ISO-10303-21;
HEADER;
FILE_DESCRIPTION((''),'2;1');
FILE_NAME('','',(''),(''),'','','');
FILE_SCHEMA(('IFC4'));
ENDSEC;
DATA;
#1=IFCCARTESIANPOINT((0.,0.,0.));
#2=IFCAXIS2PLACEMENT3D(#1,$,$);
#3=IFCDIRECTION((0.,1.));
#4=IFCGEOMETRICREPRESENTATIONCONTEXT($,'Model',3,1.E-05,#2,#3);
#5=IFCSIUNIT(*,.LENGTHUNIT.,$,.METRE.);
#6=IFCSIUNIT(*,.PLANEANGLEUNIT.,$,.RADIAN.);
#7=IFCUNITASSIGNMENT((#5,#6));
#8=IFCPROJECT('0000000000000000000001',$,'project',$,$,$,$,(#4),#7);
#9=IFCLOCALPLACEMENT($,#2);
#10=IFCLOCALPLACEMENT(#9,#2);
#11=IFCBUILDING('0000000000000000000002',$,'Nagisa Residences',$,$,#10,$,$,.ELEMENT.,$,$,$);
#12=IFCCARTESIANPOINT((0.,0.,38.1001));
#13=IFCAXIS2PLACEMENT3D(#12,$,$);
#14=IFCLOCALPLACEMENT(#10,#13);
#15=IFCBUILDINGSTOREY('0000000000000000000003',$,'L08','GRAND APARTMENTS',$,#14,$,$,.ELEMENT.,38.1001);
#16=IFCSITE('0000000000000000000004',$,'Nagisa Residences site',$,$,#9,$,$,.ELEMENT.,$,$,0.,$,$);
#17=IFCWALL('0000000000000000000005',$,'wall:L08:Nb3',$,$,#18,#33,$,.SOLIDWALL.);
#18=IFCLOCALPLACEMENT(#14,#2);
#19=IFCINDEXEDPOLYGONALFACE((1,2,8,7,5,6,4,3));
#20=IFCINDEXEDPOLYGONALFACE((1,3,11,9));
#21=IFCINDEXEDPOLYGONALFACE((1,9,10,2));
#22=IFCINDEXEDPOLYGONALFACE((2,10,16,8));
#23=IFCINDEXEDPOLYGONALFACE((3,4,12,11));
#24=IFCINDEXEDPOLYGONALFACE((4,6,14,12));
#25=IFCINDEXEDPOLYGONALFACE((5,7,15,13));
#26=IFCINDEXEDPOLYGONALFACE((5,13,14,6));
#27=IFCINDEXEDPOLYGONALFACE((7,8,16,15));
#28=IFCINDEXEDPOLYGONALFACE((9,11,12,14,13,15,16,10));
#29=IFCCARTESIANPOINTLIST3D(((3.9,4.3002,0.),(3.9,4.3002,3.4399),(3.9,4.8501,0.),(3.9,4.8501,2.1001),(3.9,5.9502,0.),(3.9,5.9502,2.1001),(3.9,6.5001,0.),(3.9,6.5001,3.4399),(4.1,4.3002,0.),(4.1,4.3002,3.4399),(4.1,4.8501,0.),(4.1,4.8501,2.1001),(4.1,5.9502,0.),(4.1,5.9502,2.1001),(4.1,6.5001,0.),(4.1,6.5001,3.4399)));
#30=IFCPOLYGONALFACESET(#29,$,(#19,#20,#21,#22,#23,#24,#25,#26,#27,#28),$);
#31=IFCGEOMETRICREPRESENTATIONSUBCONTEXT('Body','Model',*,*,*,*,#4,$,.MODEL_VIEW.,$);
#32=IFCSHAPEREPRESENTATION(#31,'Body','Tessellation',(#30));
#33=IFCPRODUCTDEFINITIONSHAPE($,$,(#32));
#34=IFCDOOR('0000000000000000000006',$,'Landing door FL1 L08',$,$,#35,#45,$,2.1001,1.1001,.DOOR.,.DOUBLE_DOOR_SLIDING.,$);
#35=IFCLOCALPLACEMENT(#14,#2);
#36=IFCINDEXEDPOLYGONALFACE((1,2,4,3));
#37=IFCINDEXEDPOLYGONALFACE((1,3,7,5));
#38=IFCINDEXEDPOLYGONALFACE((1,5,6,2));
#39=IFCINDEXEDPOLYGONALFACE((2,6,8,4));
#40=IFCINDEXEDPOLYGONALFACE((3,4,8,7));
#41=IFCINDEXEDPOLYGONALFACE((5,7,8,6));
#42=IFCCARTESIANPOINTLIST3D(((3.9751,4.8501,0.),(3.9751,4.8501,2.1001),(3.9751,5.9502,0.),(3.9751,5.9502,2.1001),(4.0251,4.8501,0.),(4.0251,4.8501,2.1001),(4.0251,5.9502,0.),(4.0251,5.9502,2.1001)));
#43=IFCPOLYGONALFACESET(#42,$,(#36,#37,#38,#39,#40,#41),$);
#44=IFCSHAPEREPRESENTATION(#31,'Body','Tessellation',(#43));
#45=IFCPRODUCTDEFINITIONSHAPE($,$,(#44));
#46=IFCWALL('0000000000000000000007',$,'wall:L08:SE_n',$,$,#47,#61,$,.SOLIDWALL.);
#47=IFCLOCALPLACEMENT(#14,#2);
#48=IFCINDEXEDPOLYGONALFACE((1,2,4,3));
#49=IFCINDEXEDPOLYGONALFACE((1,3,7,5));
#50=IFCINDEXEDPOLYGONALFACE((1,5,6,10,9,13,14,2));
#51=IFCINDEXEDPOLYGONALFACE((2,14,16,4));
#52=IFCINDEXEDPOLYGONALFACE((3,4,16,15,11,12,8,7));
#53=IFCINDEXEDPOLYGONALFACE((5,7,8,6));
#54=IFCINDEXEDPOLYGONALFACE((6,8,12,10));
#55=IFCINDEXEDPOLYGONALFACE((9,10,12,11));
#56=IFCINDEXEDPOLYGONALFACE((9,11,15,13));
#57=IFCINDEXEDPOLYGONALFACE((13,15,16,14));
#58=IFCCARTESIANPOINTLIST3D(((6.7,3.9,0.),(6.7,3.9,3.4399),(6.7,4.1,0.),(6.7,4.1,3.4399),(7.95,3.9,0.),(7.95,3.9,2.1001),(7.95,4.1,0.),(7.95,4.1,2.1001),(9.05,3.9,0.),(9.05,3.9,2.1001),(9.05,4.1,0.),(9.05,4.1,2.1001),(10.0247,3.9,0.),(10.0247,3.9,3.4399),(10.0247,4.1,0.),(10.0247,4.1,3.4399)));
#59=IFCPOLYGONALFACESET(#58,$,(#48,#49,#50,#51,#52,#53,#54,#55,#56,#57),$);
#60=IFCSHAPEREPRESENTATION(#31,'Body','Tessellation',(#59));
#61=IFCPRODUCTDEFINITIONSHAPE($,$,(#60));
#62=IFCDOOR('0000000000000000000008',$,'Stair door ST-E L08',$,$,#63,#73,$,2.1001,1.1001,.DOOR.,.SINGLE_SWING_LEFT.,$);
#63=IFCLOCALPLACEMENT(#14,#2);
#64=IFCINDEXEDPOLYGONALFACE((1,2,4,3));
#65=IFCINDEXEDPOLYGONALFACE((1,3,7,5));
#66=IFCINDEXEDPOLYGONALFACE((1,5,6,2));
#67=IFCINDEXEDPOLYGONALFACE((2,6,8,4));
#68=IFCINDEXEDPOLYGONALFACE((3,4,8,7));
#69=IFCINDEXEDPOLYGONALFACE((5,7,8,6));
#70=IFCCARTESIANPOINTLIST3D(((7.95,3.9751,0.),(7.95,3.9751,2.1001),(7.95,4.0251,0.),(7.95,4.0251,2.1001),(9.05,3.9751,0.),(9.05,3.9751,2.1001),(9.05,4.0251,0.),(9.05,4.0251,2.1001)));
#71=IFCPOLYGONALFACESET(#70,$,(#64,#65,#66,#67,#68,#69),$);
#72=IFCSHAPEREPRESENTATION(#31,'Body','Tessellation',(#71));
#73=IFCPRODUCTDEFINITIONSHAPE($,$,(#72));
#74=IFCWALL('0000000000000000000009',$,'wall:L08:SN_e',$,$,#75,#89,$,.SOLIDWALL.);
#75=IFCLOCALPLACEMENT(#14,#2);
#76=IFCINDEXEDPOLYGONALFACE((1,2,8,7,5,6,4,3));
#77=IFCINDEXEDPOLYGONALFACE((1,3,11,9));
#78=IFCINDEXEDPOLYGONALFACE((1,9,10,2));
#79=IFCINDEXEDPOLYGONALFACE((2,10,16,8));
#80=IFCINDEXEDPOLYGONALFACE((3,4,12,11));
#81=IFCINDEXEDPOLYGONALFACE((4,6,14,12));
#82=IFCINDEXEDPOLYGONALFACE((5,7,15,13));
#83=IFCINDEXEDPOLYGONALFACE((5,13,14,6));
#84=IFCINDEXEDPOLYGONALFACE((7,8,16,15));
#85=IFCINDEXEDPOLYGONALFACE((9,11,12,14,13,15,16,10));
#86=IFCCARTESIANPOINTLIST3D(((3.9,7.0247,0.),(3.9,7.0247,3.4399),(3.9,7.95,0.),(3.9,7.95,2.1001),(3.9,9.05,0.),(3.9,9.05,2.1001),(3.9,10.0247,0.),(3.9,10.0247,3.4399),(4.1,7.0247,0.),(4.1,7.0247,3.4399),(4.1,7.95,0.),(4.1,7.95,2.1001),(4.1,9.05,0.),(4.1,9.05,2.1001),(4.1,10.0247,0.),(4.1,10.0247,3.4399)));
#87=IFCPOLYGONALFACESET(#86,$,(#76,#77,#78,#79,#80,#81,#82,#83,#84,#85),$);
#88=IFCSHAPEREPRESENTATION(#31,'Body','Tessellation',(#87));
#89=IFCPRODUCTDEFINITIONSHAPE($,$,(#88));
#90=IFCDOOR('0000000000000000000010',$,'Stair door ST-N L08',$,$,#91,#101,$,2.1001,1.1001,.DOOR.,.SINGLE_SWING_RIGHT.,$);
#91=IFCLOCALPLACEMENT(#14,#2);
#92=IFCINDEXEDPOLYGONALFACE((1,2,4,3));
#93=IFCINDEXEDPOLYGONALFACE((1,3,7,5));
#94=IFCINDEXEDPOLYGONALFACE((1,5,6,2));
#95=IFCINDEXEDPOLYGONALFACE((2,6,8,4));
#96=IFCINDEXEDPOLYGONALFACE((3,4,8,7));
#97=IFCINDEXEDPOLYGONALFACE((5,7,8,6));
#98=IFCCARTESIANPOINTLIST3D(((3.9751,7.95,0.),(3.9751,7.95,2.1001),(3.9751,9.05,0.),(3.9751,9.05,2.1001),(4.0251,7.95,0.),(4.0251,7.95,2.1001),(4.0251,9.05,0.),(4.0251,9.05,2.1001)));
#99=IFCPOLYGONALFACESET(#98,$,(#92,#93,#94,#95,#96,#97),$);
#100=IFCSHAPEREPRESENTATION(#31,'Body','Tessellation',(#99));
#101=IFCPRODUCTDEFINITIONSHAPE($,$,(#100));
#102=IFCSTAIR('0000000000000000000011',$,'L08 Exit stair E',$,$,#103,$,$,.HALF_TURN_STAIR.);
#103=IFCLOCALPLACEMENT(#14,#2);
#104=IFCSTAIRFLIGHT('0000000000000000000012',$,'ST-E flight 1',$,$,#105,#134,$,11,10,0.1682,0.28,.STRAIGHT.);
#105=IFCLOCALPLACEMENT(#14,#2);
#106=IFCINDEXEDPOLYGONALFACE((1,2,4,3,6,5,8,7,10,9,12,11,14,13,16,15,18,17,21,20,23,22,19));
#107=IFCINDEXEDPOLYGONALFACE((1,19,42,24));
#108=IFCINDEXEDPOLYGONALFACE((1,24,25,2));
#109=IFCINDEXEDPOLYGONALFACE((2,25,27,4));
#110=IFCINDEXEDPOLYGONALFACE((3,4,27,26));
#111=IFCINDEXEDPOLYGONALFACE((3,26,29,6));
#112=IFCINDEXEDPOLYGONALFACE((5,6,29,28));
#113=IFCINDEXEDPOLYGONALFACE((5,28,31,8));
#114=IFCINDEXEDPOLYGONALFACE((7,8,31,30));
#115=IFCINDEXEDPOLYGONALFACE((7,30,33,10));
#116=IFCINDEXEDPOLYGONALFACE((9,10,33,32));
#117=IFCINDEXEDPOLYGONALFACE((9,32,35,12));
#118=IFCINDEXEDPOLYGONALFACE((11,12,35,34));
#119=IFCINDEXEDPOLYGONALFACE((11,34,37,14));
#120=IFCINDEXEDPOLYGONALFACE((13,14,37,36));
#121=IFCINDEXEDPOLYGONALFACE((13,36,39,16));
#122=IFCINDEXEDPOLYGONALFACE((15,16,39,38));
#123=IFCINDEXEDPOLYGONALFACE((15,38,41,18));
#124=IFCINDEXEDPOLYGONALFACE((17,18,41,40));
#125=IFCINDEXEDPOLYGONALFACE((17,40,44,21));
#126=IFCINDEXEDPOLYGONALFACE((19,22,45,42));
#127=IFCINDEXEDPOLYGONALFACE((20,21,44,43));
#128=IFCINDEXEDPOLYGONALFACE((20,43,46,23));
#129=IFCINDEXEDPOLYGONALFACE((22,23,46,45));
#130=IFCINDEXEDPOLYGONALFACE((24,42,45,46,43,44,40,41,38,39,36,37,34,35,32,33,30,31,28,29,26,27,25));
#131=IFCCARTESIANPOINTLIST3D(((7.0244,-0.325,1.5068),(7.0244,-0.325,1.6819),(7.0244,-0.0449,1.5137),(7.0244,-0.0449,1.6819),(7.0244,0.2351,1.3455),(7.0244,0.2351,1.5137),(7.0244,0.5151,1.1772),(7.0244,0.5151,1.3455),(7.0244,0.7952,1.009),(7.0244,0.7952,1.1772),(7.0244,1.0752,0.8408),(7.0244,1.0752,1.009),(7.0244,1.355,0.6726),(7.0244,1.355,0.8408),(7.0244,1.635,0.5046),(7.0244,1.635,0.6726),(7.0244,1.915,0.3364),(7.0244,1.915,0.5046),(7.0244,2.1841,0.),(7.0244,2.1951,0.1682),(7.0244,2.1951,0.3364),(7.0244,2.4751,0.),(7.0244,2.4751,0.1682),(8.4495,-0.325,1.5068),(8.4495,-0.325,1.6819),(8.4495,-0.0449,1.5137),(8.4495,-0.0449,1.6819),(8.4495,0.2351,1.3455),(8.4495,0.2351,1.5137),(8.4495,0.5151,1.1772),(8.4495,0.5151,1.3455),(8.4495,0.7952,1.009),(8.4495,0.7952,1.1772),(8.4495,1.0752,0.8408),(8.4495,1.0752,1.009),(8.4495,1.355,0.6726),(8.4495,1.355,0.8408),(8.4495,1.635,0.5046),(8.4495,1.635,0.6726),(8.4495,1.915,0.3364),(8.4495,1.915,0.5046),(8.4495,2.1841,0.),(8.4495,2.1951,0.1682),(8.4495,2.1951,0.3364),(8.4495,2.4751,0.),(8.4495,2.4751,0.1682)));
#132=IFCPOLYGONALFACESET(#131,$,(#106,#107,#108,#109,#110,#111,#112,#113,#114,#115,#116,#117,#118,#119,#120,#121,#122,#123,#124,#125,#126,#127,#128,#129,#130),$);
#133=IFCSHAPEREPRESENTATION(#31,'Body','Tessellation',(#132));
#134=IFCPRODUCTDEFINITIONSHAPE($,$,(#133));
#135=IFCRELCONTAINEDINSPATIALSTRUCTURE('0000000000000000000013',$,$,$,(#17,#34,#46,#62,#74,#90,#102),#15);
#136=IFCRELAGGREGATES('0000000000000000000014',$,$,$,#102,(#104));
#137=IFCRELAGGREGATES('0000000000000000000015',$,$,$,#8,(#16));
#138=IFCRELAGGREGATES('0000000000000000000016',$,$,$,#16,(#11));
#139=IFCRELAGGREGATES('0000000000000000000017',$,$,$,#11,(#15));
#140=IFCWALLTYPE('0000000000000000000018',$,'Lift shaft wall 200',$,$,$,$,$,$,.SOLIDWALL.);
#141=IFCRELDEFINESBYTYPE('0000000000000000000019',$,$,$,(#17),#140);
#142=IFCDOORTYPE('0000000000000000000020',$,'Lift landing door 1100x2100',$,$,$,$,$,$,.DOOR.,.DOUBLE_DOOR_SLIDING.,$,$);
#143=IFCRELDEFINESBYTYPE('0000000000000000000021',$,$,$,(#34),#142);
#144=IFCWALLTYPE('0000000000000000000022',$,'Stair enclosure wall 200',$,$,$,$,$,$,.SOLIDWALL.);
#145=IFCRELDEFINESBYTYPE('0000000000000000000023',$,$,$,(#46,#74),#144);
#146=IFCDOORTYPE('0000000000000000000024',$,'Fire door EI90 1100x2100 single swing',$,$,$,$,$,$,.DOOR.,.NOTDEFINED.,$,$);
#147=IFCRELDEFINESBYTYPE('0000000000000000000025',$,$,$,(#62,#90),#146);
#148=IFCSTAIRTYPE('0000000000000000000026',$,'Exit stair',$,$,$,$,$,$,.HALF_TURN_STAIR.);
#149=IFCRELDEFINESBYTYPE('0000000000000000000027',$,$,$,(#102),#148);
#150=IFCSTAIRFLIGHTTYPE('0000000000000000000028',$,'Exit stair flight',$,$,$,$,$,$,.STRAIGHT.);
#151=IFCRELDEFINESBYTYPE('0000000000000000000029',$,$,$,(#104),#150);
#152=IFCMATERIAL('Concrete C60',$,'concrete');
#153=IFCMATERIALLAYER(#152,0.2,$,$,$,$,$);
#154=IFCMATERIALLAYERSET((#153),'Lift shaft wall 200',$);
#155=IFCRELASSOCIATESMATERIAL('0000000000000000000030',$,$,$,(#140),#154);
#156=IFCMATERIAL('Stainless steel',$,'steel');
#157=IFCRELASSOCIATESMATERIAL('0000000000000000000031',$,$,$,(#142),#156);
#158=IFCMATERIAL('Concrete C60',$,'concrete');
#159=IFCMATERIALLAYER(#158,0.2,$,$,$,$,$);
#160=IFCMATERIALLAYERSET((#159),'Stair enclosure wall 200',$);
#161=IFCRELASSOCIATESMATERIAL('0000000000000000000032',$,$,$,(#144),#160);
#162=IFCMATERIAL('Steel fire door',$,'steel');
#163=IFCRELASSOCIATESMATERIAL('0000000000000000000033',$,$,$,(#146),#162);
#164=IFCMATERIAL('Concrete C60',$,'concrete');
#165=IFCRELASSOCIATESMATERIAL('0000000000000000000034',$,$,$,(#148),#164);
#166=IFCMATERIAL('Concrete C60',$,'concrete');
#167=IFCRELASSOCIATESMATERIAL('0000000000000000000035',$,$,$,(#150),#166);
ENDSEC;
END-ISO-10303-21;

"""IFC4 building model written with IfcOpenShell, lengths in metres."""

from ifc_helpers import new_model, si_unit, direction, frame, frame_2d, origin, place, context, subcontext, project, spatial, polyline, rectangle, outline, extrude, material, layer, layer_set, type_object, element, fill, aggregate, save


model = new_model("IFC4")

# Units and contexts
model_context = context("Model", 3, precision=1e-05, world=origin(), true_north=direction((0.0, 1.0)))
body_context = subcontext(model_context, "Body", "Model", "MODEL_VIEW")
ifc_project = project(units=[si_unit("LENGTHUNIT", "METRE"), si_unit("PLANEANGLEUNIT", "RADIAN")], contexts=[model_context])

# Site, building, storey
site_placement = place(None, origin())
site = spatial("IfcSite", under=ifc_project, at=site_placement, Name="Nagisa Residences site", CompositionType="ELEMENT", RefElevation=0.0)
building_placement = place(site_placement, origin())
building = spatial("IfcBuilding", under=site, at=building_placement, Name="Nagisa Residences", CompositionType="ELEMENT")
storey_placement = place(building_placement, frame((0.0, 0.0, 38.1001)))
storey = spatial("IfcBuildingStorey", under=building, at=storey_placement, Name="L08", Description="GRAND APARTMENTS", CompositionType="ELEMENT", Elevation=38.1001)

# Walls, openings, doors
ifc_material_1 = material(Name="Concrete C60", Category="concrete")
ifc_layer_1 = layer(ifc_material_1, 0.2)
ifc_layer_set_1 = layer_set([ifc_layer_1], Name="Lift shaft wall 200")
wall_type_1 = type_object("IfcWallType", Name="Lift shaft wall 200", PredefinedType="SOLIDWALL", material=ifc_layer_set_1)
wall_1_placement = place(storey_placement, frame((4.0, 4.3, 0.0), z_axis=(0.0, 0.0, 1.0), x_axis=(0.0, 1.0, 0.0)))
wall_1 = element("IfcWall", 1, at=wall_1_placement, inside=storey, type_object=wall_type_1, Name="wall:L08:Nb3", PredefinedType="SOLIDWALL", context=body_context, shape_type="SweptSolid", body=[
    extrude(rectangle(XDim=2.2, YDim=0.2, at=frame_2d((1.1001, 0.0))), origin(), (0.0, 0.0, 1.0), 3.4399),
])
opening_1_placement = place(wall_1_placement, frame((0.55, 0.0, 0.0)))
opening_1 = element("IfcOpeningElement", 2, at=opening_1_placement, cuts=wall_1, PredefinedType="OPENING", context=body_context, shape_type="SweptSolid", body=[
    extrude(rectangle(XDim=1.1001, YDim=2.1001, at=frame_2d((0.55, 1.05))), frame((0.0, 0.1099, 0.0), z_axis=(0.0, -1.0, 0.0), x_axis=(1.0, 0.0, 0.0)), (0.0, 0.0, 1.0), 0.22),
])
ifc_material_2 = material(Name="Stainless steel", Category="steel")
door_type_1 = type_object("IfcDoorType", Name="Lift landing door 1100x2100", OperationType="DOUBLE_DOOR_SLIDING", PredefinedType="DOOR", material=ifc_material_2)
door_1_placement = place(opening_1_placement, origin())
door_1 = element("IfcDoor", 3, at=door_1_placement, inside=storey, type_object=door_type_1, Name="Landing door FL1 L08", OperationType="DOUBLE_DOOR_SLIDING", OverallHeight=2.1001, OverallWidth=1.1001, PredefinedType="DOOR", context=body_context, shape_type="SweptSolid", body=[
    extrude(rectangle(XDim=1.1001, YDim=2.1001, at=frame_2d((0.55, 1.05))), frame((0.0, 0.0249, 0.0), z_axis=(0.0, -1.0, 0.0), x_axis=(1.0, 0.0, 0.0)), (0.0, 0.0, 1.0), 0.05),
])
fill(opening_1, door_1)
ifc_material_3 = material(Name="Concrete C60", Category="concrete")
ifc_layer_2 = layer(ifc_material_3, 0.2)
ifc_layer_set_2 = layer_set([ifc_layer_2], Name="Stair enclosure wall 200")
wall_type_2 = type_object("IfcWallType", Name="Stair enclosure wall 200", PredefinedType="SOLIDWALL", material=ifc_layer_set_2)
wall_2_placement = place(storey_placement, frame((6.7, 4.0, 0.0), z_axis=(0.0, 0.0, 1.0), x_axis=(1.0, 0.0, 0.0)))
wall_2 = element("IfcWall", 4, at=wall_2_placement, inside=storey, type_object=wall_type_2, Name="wall:L08:SE_n", PredefinedType="SOLIDWALL", context=body_context, shape_type="SweptSolid", body=[
    extrude(rectangle(XDim=3.3247, YDim=0.2, at=frame_2d((1.6624, 0.0))), origin(), (0.0, 0.0, 1.0), 3.4399),
])
opening_2_placement = place(wall_2_placement, frame((1.25, 0.0, 0.0)))
opening_2 = element("IfcOpeningElement", 5, at=opening_2_placement, cuts=wall_2, PredefinedType="OPENING", context=body_context, shape_type="SweptSolid", body=[
    extrude(rectangle(XDim=1.1001, YDim=2.1001, at=frame_2d((0.55, 1.05))), frame((0.0, 0.1099, 0.0), z_axis=(0.0, -1.0, 0.0), x_axis=(1.0, 0.0, 0.0)), (0.0, 0.0, 1.0), 0.22),
])
ifc_material_4 = material(Name="Steel fire door", Category="steel")
door_type_2 = type_object("IfcDoorType", Name="Fire door EI90 1100x2100 single swing", OperationType="NOTDEFINED", PredefinedType="DOOR", material=ifc_material_4)
door_2_placement = place(opening_2_placement, frame((1.1001, 0.0, 0.0), x_axis=(-1.0, 0.0, 0.0)))
door_2 = element("IfcDoor", 6, at=door_2_placement, inside=storey, type_object=door_type_2, Name="Stair door ST-E L08", OperationType="SINGLE_SWING_LEFT", OverallHeight=2.1001, OverallWidth=1.1001, PredefinedType="DOOR", context=body_context, shape_type="SweptSolid", body=[
    extrude(rectangle(XDim=1.1001, YDim=2.1001, at=frame_2d((0.55, 1.05))), frame((0.0, 0.0249, 0.0), z_axis=(0.0, -1.0, 0.0), x_axis=(1.0, 0.0, 0.0)), (0.0, 0.0, 1.0), 0.05),
])
fill(opening_2, door_2)
wall_3_placement = place(storey_placement, frame((4.0, 7.0247, 0.0), z_axis=(0.0, 0.0, 1.0), x_axis=(0.0, 1.0, 0.0)))
wall_3 = element("IfcWall", 7, at=wall_3_placement, inside=storey, type_object=wall_type_2, Name="wall:L08:SN_e", PredefinedType="SOLIDWALL", context=body_context, shape_type="SweptSolid", body=[
    extrude(rectangle(XDim=3.0, YDim=0.2, at=frame_2d((1.5, 0.0))), origin(), (0.0, 0.0, 1.0), 3.4399),
])
opening_3_placement = place(wall_3_placement, frame((0.9253, 0.0, 0.0)))
opening_3 = element("IfcOpeningElement", 8, at=opening_3_placement, cuts=wall_3, PredefinedType="OPENING", context=body_context, shape_type="SweptSolid", body=[
    extrude(rectangle(XDim=1.1001, YDim=2.1001, at=frame_2d((0.55, 1.05))), frame((0.0, 0.1099, 0.0), z_axis=(0.0, -1.0, 0.0), x_axis=(1.0, 0.0, 0.0)), (0.0, 0.0, 1.0), 0.22),
])
door_3_placement = place(opening_3_placement, origin())
door_3 = element("IfcDoor", 9, at=door_3_placement, inside=storey, type_object=door_type_2, Name="Stair door ST-N L08", OperationType="SINGLE_SWING_RIGHT", OverallHeight=2.1001, OverallWidth=1.1001, PredefinedType="DOOR", context=body_context, shape_type="SweptSolid", body=[
    extrude(rectangle(XDim=1.1001, YDim=2.1001, at=frame_2d((0.55, 1.05))), frame((0.0, 0.0249, 0.0), z_axis=(0.0, -1.0, 0.0), x_axis=(1.0, 0.0, 0.0)), (0.0, 0.0, 1.0), 0.05),
])
fill(opening_3, door_3)

# Stair, stair flight
ifc_material_5 = material(Name="Concrete C60", Category="concrete")
stair_type = type_object("IfcStairType", Name="Exit stair", PredefinedType="HALF_TURN_STAIR", material=ifc_material_5)
stair_placement = place(storey_placement, origin())
stair = element("IfcStair", 10, at=stair_placement, inside=storey, type_object=stair_type, Name="L08 Exit stair E", PredefinedType="HALF_TURN_STAIR")
ifc_material_6 = material(Name="Concrete C60", Category="concrete")
stair_flight_type = type_object("IfcStairFlightType", Name="Exit stair flight", PredefinedType="STRAIGHT", material=ifc_material_6)
stair_flight_placement = place(storey_placement, frame((7.7371, 2.4751, 0.0), z_axis=(0.0, 0.0, 1.0), x_axis=(0.0, -1.0, 0.0)))
stair_flight = element("IfcStairFlight", 11, at=stair_flight_placement, type_object=stair_flight_type, Name="ST-E flight 1", NumberOfRisers=11, NumberOfTreads=10, PredefinedType="STRAIGHT", RiserHeight=0.1682, TreadLength=0.28, context=body_context, shape_type="SweptSolid", body=[
    extrude(outline(polyline([(0.0, 0.0), (0.0, 0.1682), (0.28, 0.1682), (0.28, 0.3364), (0.5601, 0.3364), (0.5601, 0.5046), (0.8401, 0.5046), (0.8401, 0.6726), (1.1201, 0.6726), (1.1201, 0.8408), (1.3999, 0.8408), (1.3999, 1.009), (1.6799, 1.009), (1.6799, 1.1772), (1.96, 1.1772), (1.96, 1.3455), (2.24, 1.3455), (2.24, 1.5137), (2.52, 1.5137), (2.52, 1.6819), (2.8, 1.6819), (2.8, 1.8501), (2.8, 1.5068), (0.291, 0.0), (0.0, 0.0)])), frame((0.0, 0.7124, 0.0), z_axis=(0.0, -1.0, 0.0), x_axis=(1.0, 0.0, 0.0)), (0.0, 0.0, 1.0), 1.425),
])
aggregate(stair, [stair_flight])

save(model, "model.ifc")
